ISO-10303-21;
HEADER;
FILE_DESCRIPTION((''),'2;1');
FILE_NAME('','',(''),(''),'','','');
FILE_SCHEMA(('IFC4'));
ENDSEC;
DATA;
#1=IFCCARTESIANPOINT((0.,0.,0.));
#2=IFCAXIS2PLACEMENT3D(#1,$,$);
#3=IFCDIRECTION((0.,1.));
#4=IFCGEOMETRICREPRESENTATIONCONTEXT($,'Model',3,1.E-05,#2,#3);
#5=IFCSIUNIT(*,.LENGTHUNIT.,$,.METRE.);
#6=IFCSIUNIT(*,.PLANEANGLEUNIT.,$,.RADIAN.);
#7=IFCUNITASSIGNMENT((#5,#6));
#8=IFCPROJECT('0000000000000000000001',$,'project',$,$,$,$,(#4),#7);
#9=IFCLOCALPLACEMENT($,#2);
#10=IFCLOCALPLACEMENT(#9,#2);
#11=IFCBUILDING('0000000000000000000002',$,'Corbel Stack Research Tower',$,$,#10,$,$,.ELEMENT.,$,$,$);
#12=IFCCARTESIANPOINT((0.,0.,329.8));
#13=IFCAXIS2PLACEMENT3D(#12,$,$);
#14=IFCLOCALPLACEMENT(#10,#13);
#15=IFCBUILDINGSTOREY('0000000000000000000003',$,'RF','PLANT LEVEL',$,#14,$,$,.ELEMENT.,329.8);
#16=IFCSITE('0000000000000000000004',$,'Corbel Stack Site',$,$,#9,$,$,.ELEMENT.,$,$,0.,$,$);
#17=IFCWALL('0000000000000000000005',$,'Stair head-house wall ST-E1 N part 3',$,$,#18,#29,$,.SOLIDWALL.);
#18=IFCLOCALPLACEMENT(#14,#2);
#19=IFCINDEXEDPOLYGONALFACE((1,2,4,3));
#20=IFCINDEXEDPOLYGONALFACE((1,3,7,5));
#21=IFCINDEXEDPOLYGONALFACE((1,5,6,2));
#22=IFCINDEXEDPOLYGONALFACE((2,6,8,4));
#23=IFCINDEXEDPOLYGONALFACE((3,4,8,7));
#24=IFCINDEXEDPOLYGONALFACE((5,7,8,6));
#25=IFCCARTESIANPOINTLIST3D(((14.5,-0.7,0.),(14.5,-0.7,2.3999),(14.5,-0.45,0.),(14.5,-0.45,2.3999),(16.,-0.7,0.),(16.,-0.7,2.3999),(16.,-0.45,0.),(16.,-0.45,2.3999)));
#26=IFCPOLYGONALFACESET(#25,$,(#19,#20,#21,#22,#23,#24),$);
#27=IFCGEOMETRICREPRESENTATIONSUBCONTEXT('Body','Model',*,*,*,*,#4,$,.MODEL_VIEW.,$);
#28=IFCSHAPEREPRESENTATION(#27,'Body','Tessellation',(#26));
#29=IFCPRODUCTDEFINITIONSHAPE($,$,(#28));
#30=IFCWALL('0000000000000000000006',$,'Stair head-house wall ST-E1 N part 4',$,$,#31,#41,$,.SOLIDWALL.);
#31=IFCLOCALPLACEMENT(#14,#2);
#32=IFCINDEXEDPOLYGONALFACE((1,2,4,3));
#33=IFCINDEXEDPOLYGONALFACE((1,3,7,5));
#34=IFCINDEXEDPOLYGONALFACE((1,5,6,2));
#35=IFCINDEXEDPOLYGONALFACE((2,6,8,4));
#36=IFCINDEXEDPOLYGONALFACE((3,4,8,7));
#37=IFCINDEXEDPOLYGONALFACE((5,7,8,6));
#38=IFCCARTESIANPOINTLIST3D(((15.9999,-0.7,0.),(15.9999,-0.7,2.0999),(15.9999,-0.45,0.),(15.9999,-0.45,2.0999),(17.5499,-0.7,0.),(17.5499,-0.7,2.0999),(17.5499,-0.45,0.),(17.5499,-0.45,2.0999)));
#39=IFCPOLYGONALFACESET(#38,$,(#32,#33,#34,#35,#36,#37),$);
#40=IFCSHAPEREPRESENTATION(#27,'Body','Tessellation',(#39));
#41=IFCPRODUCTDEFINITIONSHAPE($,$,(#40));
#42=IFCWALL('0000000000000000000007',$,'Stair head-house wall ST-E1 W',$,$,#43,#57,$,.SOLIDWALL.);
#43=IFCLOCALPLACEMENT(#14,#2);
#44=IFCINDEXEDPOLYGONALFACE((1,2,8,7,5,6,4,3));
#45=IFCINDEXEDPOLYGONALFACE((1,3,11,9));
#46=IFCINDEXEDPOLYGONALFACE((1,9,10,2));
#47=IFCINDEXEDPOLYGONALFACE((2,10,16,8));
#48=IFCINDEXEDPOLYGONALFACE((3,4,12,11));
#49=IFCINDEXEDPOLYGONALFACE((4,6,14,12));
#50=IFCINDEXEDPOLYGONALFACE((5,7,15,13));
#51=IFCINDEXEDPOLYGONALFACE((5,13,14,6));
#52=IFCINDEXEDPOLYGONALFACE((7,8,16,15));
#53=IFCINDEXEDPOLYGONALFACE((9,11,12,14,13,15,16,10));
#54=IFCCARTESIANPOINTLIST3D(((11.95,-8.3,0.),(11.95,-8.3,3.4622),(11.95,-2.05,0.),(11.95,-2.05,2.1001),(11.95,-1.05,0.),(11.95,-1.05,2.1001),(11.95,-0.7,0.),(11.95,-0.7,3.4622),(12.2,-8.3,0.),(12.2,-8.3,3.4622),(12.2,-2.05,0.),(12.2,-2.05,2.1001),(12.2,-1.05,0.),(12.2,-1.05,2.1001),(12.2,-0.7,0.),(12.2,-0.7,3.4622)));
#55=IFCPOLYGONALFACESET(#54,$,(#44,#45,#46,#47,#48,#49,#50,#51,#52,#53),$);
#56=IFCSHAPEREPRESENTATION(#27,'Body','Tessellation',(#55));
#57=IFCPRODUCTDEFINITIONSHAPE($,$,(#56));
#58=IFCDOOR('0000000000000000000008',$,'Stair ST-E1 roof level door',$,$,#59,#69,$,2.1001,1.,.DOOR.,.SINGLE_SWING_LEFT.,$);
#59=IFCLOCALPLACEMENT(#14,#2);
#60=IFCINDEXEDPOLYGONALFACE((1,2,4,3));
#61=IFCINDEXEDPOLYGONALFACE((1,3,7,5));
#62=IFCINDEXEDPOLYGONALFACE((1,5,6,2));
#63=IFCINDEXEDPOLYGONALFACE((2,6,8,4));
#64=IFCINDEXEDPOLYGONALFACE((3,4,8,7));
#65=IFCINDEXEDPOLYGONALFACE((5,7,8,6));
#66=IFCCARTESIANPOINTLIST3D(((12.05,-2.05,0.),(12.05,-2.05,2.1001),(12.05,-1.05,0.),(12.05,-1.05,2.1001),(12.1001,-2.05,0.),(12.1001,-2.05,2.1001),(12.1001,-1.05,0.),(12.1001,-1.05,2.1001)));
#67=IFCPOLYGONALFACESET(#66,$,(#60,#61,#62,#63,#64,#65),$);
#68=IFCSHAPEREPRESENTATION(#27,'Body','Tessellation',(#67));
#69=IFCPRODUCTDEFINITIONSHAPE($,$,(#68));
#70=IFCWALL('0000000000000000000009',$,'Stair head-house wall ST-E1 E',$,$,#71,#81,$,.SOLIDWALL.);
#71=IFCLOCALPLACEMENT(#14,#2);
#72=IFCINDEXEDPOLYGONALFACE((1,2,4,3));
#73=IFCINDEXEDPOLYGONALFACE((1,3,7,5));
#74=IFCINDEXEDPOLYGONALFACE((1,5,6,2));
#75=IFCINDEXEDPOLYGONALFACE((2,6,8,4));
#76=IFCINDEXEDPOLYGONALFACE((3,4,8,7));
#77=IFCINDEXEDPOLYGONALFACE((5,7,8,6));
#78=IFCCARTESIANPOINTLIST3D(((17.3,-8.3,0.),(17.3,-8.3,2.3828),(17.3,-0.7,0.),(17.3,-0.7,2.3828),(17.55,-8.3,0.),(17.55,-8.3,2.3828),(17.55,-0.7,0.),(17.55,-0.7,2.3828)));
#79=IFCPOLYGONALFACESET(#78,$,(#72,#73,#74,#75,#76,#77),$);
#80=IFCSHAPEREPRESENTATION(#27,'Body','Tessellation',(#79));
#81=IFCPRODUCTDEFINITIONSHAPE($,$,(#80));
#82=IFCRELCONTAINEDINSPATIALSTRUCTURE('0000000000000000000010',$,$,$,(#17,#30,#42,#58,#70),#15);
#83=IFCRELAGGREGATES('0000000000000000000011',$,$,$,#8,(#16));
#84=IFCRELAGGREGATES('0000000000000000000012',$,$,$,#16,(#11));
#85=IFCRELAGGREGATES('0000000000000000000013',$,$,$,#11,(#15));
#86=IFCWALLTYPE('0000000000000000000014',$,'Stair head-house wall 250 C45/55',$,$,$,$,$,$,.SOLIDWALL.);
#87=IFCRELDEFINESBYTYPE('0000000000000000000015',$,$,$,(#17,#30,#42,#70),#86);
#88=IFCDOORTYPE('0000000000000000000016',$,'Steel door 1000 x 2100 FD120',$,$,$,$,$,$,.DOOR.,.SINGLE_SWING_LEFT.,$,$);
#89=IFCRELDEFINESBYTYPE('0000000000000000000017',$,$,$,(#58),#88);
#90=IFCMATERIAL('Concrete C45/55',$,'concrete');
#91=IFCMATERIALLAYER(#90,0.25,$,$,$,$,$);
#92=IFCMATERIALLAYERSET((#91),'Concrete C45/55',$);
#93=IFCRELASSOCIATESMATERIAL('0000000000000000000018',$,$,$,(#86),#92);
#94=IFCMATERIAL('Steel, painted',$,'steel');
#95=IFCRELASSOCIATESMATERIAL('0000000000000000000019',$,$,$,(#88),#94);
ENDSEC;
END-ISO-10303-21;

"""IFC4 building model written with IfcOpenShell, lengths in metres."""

from ifc_helpers import new_model, si_unit, direction, frame, frame_2d, origin, place, context, subcontext, project, spatial, rectangle, extrude, material, layer, layer_set, type_object, element, fill, save


model = new_model("IFC4")

# Units and contexts
model_context = context("Model", 3, precision=1e-05, world=origin(), true_north=direction((0.0, 1.0)))
body_context = subcontext(model_context, "Body", "Model", "MODEL_VIEW")
ifc_project = project(units=[si_unit("LENGTHUNIT", "METRE"), si_unit("PLANEANGLEUNIT", "RADIAN")], contexts=[model_context])

# Site, building, storey
site_placement = place(None, origin())
site = spatial("IfcSite", under=ifc_project, at=site_placement, Name="Corbel Stack Site", CompositionType="ELEMENT", RefElevation=0.0)
building_placement = place(site_placement, origin())
building = spatial("IfcBuilding", under=site, at=building_placement, Name="Corbel Stack Research Tower", CompositionType="ELEMENT")
storey_placement = place(building_placement, frame((0.0, 0.0, 329.8)))
storey = spatial("IfcBuildingStorey", under=building, at=storey_placement, Name="RF", Description="PLANT LEVEL", CompositionType="ELEMENT", Elevation=329.8)

# Walls
ifc_material_1 = material(Name="Concrete C45/55", Category="concrete")
ifc_layer_1 = layer(ifc_material_1, 0.25)
ifc_layer_set_1 = layer_set([ifc_layer_1], Name="Concrete C45/55")
wall_type_1 = type_object("IfcWallType", Name="Stair head-house wall 250 C45/55", PredefinedType="SOLIDWALL", material=ifc_layer_set_1)
wall_1_placement = place(storey_placement, frame((14.5, -0.575, 0.0), z_axis=(0.0, 0.0, 1.0), x_axis=(1.0, 0.0, 0.0)))
element("IfcWall", 1, at=wall_1_placement, inside=storey, type_object=wall_type_1, Name="Stair head-house wall ST-E1 N part 3", PredefinedType="SOLIDWALL", context=body_context, shape_type="SweptSolid", body=[
    extrude(rectangle(XDim=1.5, YDim=0.25, at=frame_2d((0.75, 0.0))), origin(), (0.0, 0.0, 1.0), 2.3999),
])
wall_2_placement = place(storey_placement, frame((16.0, -0.575, 0.0), z_axis=(0.0, 0.0, 1.0), x_axis=(1.0, 0.0, 0.0)))
element("IfcWall", 2, at=wall_2_placement, inside=storey, type_object=wall_type_1, Name="Stair head-house wall ST-E1 N part 4", PredefinedType="SOLIDWALL", context=body_context, shape_type="SweptSolid", body=[
    extrude(rectangle(XDim=1.55, YDim=0.25, at=frame_2d((0.7749, 0.0))), origin(), (0.0, 0.0, 1.0), 2.0999),
])

# Wall, opening, door
wall_3_placement = place(storey_placement, frame((12.075, -8.3, 0.0), z_axis=(0.0, 0.0, 1.0), x_axis=(0.0, 1.0, 0.0)))
wall_3 = element("IfcWall", 3, at=wall_3_placement, inside=storey, type_object=wall_type_1, Name="Stair head-house wall ST-E1 W", PredefinedType="SOLIDWALL", context=body_context, shape_type="SweptSolid", body=[
    extrude(rectangle(XDim=7.6001, YDim=0.25, at=frame_2d((3.8, 0.0))), origin(), (0.0, 0.0, 1.0), 3.4622),
])
opening_placement = place(wall_3_placement, frame((6.25, 0.0, 0.0)))
opening = element("IfcOpeningElement", 4, at=opening_placement, cuts=wall_3, PredefinedType="OPENING", context=body_context, shape_type="SweptSolid", body=[
    extrude(rectangle(XDim=1.0, YDim=2.1001, at=frame_2d((0.5, 1.05))), frame((0.0, 0.135, 0.0), z_axis=(0.0, -1.0, 0.0), x_axis=(1.0, 0.0, 0.0)), (0.0, 0.0, 1.0), 0.27),
])
ifc_material_2 = material(Name="Steel, painted", Category="steel")
door_type = type_object("IfcDoorType", Name="Steel door 1000 x 2100 FD120", OperationType="SINGLE_SWING_LEFT", PredefinedType="DOOR", material=ifc_material_2)
door_placement = place(opening_placement, origin())
door = element("IfcDoor", 5, at=door_placement, inside=storey, type_object=door_type, Name="Stair ST-E1 roof level door", OperationType="SINGLE_SWING_LEFT", OverallHeight=2.1001, OverallWidth=1.0, PredefinedType="DOOR", context=body_context, shape_type="SweptSolid", body=[
    extrude(rectangle(XDim=1.0, YDim=2.1001, at=frame_2d((0.5, 1.05))), frame((0.0, 0.0249, 0.0), z_axis=(0.0, -1.0, 0.0), x_axis=(1.0, 0.0, 0.0)), (0.0, 0.0, 1.0), 0.05),
])
fill(opening, door)

# Wall
wall_4_placement = place(storey_placement, frame((17.425, -8.3, 0.0), z_axis=(0.0, 0.0, 1.0), x_axis=(0.0, 1.0, 0.0)))
element("IfcWall", 6, at=wall_4_placement, inside=storey, type_object=wall_type_1, Name="Stair head-house wall ST-E1 E", PredefinedType="SOLIDWALL", context=body_context, shape_type="SweptSolid", body=[
    extrude(rectangle(XDim=7.6001, YDim=0.25, at=frame_2d((3.8, 0.0))), origin(), (0.0, 0.0, 1.0), 2.3828),
])

save(model, "model.ifc")
